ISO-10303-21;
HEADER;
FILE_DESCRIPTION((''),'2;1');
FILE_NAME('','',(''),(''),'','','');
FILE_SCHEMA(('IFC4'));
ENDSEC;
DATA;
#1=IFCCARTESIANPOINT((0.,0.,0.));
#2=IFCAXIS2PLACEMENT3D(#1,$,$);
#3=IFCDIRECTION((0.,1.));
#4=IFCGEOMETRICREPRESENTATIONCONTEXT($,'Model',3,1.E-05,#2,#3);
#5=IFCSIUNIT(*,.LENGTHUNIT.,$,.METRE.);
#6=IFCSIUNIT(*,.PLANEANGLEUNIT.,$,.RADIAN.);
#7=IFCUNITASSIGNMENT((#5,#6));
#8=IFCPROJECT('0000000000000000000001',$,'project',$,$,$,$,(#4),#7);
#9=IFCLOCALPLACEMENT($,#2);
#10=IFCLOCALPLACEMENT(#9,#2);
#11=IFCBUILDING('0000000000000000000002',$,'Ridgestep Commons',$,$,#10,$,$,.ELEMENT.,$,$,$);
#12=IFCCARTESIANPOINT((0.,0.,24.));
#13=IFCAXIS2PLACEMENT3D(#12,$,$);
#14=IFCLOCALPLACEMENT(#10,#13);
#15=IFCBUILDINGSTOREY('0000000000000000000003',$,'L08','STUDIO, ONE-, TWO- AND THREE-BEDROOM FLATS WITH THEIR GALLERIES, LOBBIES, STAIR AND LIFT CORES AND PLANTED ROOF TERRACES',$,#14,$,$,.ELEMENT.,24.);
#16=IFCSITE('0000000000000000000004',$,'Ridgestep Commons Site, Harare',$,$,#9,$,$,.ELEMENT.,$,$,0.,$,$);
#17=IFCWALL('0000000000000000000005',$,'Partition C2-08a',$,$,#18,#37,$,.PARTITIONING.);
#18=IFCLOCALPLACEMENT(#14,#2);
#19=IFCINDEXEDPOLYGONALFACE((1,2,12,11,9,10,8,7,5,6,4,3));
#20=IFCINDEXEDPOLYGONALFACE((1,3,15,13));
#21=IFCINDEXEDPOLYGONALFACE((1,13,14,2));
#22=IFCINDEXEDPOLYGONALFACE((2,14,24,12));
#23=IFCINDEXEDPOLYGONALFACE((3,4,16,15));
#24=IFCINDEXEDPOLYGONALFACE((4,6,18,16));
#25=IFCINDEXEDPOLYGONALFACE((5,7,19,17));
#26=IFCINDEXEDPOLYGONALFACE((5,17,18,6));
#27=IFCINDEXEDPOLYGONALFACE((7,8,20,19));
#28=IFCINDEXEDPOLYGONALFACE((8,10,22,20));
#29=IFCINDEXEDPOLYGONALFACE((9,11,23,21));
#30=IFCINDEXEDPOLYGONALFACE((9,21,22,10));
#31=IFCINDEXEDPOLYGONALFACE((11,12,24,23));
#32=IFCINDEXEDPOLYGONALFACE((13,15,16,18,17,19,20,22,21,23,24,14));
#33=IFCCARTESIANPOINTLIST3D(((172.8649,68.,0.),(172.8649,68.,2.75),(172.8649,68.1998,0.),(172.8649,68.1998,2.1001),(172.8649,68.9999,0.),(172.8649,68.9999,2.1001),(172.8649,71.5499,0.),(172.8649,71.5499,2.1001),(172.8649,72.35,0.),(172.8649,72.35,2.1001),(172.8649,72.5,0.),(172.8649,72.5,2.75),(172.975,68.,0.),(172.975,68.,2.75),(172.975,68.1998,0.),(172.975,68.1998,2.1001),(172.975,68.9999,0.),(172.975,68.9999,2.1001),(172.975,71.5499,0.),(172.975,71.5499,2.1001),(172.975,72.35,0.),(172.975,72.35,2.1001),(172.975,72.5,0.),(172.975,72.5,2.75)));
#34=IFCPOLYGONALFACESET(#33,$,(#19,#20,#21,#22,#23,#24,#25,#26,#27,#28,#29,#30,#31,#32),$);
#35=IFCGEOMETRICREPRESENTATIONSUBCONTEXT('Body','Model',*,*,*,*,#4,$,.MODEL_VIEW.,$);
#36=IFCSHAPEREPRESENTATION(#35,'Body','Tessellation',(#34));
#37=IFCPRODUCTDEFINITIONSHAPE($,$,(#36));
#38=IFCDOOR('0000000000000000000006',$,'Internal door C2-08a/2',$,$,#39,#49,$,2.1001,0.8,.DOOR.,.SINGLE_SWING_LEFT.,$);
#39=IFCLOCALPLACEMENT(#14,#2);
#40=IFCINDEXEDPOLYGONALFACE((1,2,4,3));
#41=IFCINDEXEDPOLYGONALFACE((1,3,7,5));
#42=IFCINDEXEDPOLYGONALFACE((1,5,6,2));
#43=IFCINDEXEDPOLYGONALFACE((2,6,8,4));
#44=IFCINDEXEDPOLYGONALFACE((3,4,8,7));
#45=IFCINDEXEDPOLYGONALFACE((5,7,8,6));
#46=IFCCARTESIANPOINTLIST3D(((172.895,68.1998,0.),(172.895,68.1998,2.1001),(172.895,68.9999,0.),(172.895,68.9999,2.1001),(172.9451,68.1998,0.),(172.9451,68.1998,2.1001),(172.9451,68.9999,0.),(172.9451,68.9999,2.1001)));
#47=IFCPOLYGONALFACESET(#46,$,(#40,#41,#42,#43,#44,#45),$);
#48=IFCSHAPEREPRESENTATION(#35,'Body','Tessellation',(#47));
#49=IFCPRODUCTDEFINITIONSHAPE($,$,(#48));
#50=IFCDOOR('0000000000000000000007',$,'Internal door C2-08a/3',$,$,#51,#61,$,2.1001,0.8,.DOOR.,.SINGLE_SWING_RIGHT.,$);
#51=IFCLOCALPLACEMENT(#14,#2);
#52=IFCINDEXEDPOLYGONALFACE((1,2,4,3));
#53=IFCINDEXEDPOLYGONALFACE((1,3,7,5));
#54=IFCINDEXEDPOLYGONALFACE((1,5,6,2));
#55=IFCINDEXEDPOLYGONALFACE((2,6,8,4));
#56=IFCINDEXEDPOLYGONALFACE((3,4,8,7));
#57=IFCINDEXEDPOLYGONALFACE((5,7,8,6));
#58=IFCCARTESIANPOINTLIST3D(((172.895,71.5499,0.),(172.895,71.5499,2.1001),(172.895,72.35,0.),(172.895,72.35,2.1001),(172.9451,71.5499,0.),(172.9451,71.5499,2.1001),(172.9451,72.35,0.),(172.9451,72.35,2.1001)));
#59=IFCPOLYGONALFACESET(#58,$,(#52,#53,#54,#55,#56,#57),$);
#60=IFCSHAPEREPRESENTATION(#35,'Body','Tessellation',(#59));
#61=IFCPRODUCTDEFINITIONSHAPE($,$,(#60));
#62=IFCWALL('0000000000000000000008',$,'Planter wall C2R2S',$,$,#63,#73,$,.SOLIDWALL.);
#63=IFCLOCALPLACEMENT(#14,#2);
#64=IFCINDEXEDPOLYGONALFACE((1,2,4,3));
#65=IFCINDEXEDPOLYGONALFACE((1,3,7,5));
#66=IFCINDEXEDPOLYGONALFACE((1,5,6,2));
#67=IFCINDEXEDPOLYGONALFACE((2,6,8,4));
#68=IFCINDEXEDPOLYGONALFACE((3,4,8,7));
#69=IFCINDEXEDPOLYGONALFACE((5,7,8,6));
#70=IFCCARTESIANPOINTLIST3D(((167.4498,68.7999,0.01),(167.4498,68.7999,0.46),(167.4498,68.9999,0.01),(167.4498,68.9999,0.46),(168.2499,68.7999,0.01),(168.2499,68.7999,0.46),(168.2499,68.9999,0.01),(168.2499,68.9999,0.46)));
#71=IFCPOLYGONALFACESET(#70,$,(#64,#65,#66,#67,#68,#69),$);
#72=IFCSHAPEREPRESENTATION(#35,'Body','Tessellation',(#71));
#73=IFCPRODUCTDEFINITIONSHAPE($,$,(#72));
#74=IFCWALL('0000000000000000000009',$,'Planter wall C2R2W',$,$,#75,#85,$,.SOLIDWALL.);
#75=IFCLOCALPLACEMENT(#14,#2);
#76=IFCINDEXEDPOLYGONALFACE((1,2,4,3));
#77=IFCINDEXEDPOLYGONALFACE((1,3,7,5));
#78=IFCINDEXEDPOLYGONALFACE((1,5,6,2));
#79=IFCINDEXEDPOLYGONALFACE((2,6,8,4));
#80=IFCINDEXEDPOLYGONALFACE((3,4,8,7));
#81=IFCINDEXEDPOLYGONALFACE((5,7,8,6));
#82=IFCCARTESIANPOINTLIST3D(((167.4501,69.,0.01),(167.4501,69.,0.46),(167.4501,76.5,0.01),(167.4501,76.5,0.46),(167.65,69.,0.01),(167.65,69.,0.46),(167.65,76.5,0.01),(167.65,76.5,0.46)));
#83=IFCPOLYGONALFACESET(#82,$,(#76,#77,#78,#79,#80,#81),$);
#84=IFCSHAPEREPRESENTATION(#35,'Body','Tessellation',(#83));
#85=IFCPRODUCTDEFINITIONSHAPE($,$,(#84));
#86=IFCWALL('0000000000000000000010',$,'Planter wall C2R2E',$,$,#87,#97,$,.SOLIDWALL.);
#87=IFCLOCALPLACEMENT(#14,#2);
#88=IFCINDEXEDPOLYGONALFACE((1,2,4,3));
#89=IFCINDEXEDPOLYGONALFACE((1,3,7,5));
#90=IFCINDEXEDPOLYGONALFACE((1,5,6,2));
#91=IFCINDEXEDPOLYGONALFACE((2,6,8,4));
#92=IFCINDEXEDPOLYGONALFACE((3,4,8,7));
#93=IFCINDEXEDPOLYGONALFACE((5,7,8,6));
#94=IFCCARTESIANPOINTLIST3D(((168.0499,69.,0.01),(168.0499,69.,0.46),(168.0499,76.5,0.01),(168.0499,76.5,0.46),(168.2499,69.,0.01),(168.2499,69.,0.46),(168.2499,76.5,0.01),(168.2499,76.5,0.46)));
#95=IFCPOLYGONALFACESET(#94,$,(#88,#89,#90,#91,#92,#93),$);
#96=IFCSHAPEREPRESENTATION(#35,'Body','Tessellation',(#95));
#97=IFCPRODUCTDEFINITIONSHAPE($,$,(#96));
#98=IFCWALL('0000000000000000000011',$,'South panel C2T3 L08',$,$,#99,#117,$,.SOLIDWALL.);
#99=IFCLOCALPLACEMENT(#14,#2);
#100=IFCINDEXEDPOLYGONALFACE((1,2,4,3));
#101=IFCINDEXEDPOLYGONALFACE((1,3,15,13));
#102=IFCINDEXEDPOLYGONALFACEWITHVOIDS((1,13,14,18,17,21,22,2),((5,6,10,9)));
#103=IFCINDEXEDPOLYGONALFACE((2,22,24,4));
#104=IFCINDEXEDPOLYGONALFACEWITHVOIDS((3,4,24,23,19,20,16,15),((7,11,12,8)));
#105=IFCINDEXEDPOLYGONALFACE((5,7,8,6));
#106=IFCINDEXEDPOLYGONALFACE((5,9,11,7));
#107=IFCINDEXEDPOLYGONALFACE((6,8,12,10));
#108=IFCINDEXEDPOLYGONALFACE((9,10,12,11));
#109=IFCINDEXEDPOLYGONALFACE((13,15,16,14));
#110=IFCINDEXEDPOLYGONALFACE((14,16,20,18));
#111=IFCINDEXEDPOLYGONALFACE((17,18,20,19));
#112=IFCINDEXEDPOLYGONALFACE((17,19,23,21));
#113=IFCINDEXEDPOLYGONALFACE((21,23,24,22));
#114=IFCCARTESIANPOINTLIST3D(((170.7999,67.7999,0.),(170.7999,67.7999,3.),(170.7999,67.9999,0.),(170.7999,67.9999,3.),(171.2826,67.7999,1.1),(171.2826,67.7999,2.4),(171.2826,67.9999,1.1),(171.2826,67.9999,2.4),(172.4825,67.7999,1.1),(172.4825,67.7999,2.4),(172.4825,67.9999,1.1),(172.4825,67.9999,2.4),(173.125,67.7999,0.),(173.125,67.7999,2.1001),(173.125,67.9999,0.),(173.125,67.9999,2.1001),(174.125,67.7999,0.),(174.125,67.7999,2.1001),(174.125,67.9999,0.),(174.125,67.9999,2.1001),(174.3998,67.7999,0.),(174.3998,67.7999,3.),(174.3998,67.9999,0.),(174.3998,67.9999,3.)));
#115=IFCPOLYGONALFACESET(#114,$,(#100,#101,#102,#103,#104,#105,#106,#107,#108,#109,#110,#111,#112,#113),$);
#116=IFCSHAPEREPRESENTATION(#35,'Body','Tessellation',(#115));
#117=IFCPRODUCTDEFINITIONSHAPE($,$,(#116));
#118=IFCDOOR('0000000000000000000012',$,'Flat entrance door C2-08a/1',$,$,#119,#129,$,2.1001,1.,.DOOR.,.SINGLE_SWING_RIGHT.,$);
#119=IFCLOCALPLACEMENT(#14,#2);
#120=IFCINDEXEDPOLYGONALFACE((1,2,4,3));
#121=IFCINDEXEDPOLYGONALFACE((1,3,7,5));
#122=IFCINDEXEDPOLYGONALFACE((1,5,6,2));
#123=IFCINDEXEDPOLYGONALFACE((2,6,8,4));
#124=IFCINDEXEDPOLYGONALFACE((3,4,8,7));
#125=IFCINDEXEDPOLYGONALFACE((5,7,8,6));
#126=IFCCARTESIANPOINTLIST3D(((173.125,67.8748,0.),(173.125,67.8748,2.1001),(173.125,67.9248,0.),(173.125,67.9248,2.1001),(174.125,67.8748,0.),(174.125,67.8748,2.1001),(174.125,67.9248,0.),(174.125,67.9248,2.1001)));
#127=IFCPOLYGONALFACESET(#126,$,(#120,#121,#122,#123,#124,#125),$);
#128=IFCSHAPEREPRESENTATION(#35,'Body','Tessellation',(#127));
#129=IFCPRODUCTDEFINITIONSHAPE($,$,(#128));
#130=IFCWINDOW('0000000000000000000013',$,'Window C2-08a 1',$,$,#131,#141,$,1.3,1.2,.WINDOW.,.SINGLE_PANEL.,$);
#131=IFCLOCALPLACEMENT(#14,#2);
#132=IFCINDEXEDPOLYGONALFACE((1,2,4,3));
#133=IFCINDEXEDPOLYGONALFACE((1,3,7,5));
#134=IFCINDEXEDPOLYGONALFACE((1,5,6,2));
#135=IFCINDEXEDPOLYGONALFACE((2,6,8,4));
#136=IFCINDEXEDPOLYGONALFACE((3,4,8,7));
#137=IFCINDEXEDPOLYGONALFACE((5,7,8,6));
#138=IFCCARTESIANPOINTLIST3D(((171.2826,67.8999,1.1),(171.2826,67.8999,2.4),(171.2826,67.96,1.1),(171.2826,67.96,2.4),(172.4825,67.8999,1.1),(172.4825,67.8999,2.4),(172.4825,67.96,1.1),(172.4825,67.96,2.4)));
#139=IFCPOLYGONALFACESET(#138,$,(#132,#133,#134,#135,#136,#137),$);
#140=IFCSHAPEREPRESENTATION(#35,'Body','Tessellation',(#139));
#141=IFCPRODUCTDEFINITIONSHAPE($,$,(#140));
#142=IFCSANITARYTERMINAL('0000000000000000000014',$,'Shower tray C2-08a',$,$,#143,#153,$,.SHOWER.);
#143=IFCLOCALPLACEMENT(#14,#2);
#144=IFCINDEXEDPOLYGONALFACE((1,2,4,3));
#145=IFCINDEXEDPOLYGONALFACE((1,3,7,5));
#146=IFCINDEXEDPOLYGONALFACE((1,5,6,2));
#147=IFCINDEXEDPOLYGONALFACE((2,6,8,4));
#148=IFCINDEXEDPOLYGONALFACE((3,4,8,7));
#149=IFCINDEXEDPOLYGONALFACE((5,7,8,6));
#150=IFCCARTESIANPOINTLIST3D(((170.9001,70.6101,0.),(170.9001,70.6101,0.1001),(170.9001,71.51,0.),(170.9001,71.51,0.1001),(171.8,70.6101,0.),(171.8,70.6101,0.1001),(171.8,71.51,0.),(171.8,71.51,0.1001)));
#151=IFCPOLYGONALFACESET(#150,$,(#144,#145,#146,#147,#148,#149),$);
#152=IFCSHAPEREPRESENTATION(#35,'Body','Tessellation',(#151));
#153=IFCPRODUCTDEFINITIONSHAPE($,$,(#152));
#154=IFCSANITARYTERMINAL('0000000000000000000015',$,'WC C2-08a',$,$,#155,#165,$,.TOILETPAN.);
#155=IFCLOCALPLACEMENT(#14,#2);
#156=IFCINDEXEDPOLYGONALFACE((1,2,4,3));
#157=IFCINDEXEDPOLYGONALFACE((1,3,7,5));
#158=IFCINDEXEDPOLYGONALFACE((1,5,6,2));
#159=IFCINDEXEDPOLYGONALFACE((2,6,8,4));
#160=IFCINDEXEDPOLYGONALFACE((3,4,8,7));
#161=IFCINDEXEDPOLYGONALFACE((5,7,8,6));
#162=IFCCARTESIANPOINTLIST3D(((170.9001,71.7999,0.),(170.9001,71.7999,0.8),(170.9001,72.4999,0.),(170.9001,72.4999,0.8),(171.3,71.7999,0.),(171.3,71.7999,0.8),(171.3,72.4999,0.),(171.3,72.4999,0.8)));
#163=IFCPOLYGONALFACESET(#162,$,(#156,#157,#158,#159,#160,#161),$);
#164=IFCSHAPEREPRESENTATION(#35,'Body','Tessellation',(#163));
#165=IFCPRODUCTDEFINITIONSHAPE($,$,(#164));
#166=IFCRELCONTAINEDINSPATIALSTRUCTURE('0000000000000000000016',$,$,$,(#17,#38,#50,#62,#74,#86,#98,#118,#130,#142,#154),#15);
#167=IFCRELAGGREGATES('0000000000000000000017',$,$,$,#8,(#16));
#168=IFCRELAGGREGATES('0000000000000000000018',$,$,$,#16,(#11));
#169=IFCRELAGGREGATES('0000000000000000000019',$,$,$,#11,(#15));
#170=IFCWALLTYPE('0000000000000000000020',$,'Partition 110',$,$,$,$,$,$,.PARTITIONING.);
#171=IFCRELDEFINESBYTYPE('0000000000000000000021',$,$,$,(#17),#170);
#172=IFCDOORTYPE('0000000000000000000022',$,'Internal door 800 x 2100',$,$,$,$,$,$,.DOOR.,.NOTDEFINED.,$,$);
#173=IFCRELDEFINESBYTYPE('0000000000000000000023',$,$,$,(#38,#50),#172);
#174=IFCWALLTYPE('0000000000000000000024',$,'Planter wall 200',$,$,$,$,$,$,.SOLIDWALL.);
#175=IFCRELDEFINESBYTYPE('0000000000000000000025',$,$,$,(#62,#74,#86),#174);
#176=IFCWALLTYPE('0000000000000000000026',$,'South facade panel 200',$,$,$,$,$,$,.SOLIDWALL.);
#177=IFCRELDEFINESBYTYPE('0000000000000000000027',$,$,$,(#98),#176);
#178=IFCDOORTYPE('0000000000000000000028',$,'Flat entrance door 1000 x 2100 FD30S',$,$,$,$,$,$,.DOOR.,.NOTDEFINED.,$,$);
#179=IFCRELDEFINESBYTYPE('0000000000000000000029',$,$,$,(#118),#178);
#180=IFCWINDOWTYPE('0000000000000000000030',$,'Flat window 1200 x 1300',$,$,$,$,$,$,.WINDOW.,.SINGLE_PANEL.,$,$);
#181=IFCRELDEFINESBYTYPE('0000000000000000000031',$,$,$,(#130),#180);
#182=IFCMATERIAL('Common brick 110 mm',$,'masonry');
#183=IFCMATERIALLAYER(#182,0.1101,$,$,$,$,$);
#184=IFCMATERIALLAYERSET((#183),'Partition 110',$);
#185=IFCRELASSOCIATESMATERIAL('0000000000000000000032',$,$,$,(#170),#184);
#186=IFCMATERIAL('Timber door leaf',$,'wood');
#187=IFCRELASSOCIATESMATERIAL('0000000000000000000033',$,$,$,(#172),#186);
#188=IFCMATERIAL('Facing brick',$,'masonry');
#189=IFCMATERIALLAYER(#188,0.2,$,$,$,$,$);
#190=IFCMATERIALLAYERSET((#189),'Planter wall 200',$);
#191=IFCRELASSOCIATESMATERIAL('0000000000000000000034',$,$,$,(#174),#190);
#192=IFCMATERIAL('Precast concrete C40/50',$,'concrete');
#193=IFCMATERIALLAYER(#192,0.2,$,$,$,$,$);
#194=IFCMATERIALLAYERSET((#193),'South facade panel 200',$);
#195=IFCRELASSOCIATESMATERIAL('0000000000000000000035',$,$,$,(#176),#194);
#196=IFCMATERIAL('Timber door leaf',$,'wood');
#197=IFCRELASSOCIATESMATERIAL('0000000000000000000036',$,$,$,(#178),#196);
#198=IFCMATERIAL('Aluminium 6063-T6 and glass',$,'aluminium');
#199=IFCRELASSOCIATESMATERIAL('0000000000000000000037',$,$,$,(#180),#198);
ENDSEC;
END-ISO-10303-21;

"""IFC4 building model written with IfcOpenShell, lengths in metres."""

from ifc_helpers import new_model, si_unit, direction, frame, frame_2d, origin, origin_2d, place, context, subcontext, project, spatial, rectangle, extrude, material, layer, layer_set, type_object, element, fill, save


model = new_model("IFC4")

# Units and contexts
model_context = context("Model", 3, precision=1e-05, world=origin(), true_north=direction((0.0, 1.0)))
body_context = subcontext(model_context, "Body", "Model", "MODEL_VIEW")
ifc_project = project(units=[si_unit("LENGTHUNIT", "METRE"), si_unit("PLANEANGLEUNIT", "RADIAN")], contexts=[model_context])

# Site, building, storey
site_placement = place(None, origin())
site = spatial("IfcSite", under=ifc_project, at=site_placement, Name="Ridgestep Commons Site, Harare", CompositionType="ELEMENT", RefElevation=0.0)
building_placement = place(site_placement, origin())
building = spatial("IfcBuilding", under=site, at=building_placement, Name="Ridgestep Commons", CompositionType="ELEMENT")
storey_placement = place(building_placement, frame((0.0, 0.0, 24.0)))
storey = spatial("IfcBuildingStorey", under=building, at=storey_placement, Name="L08", Description="STUDIO, ONE-, TWO- AND THREE-BEDROOM FLATS WITH THEIR GALLERIES, LOBBIES, STAIR AND LIFT CORES AND PLANTED ROOF TERRACES", CompositionType="ELEMENT", Elevation=24.0)

# Shared definitions
ifc_material_1 = material(Name="Common brick 110 mm", Category="masonry")
ifc_layer_1 = layer(ifc_material_1, 0.1101)
ifc_layer_set_1 = layer_set([ifc_layer_1], Name="Partition 110")
wall_type_1 = type_object("IfcWallType", Name="Partition 110", PredefinedType="PARTITIONING", material=ifc_layer_set_1)

# Wall, openings, doors
wall_1_placement = place(storey_placement, frame((172.9199, 68.0, 0.0), z_axis=(0.0, 0.0, 1.0), x_axis=(0.0, 1.0, 0.0)))
wall_1 = element("IfcWall", 1, at=wall_1_placement, inside=storey, type_object=wall_type_1, Name="Partition C2-08a", PredefinedType="PARTITIONING", context=body_context, shape_type="SweptSolid", body=[
    extrude(rectangle(XDim=4.5, YDim=0.1101, at=frame_2d((2.25, 0.0))), origin(), (0.0, 0.0, 1.0), 2.75),
])
opening_1_placement = place(wall_1_placement, frame((0.2, 0.0, 0.0)))
opening_1 = element("IfcOpeningElement", 2, at=opening_1_placement, cuts=wall_1, PredefinedType="OPENING", context=body_context, shape_type="SweptSolid", body=[
    extrude(rectangle(XDim=0.8, YDim=2.1001, at=frame_2d((0.3999, 1.05))), frame((0.0, 0.0649, 0.0), z_axis=(0.0, -1.0, 0.0), x_axis=(1.0, 0.0, 0.0)), (0.0, 0.0, 1.0), 0.1301),
])
opening_2_placement = place(wall_1_placement, frame((3.55, 0.0, 0.0)))
opening_2 = element("IfcOpeningElement", 3, at=opening_2_placement, cuts=wall_1, PredefinedType="OPENING", context=body_context, shape_type="SweptSolid", body=[
    extrude(rectangle(XDim=0.8, YDim=2.1001, at=frame_2d((0.3999, 1.05))), frame((0.0, 0.0649, 0.0), z_axis=(0.0, -1.0, 0.0), x_axis=(1.0, 0.0, 0.0)), (0.0, 0.0, 1.0), 0.1301),
])
ifc_material_2 = material(Name="Timber door leaf", Category="wood")
door_type_1 = type_object("IfcDoorType", Name="Internal door 800 x 2100", OperationType="NOTDEFINED", PredefinedType="DOOR", material=ifc_material_2)
door_1_placement = place(opening_1_placement, origin())
door_1 = element("IfcDoor", 4, at=door_1_placement, inside=storey, type_object=door_type_1, Name="Internal door C2-08a/2", OperationType="SINGLE_SWING_LEFT", OverallHeight=2.1001, OverallWidth=0.8, PredefinedType="DOOR", context=body_context, shape_type="SweptSolid", body=[
    extrude(rectangle(XDim=0.8, YDim=2.1001, at=frame_2d((0.3999, 1.05))), frame((0.0, 0.0249, 0.0), z_axis=(0.0, -1.0, 0.0), x_axis=(1.0, 0.0, 0.0)), (0.0, 0.0, 1.0), 0.05),
])
fill(opening_1, door_1)
door_2_placement = place(opening_2_placement, origin())
door_2 = element("IfcDoor", 5, at=door_2_placement, inside=storey, type_object=door_type_1, Name="Internal door C2-08a/3", OperationType="SINGLE_SWING_RIGHT", OverallHeight=2.1001, OverallWidth=0.8, PredefinedType="DOOR", context=body_context, shape_type="SweptSolid", body=[
    extrude(rectangle(XDim=0.8, YDim=2.1001, at=frame_2d((0.3999, 1.05))), frame((0.0, 0.0249, 0.0), z_axis=(0.0, -1.0, 0.0), x_axis=(1.0, 0.0, 0.0)), (0.0, 0.0, 1.0), 0.05),
])
fill(opening_2, door_2)

# Walls
ifc_material_3 = material(Name="Facing brick", Category="masonry")
ifc_layer_2 = layer(ifc_material_3, 0.2)
ifc_layer_set_2 = layer_set([ifc_layer_2], Name="Planter wall 200")
wall_type_2 = type_object("IfcWallType", Name="Planter wall 200", PredefinedType="SOLIDWALL", material=ifc_layer_set_2)
wall_2_placement = place(storey_placement, frame((167.45, 68.8999, 0.01), z_axis=(0.0, 0.0, 1.0), x_axis=(1.0, 0.0, 0.0)))
element("IfcWall", 6, at=wall_2_placement, inside=storey, type_object=wall_type_2, Name="Planter wall C2R2S", PredefinedType="SOLIDWALL", context=body_context, shape_type="SweptSolid", body=[
    extrude(rectangle(XDim=0.8, YDim=0.2, at=frame_2d((0.3999, 0.0))), origin(), (0.0, 0.0, 1.0), 0.45),
])
for number, where, z_axis, x_axis, name in (
    (7, (167.55, 69.0, 0.01), (0.0, 0.0, 1.0), (0.0, 1.0, 0.0), "Planter wall C2R2W"),
    (8, (168.1499, 69.0, 0.01), (0.0, 0.0, 1.0), (0.0, 1.0, 0.0), "Planter wall C2R2E"),
):
    element("IfcWall", number, at=place(storey_placement, frame(where, z_axis=z_axis, x_axis=x_axis)), inside=storey, type_object=wall_type_2, Name=name, PredefinedType="SOLIDWALL", context=body_context, shape_type="SweptSolid", body=[
        extrude(rectangle(XDim=7.5, YDim=0.2, at=frame_2d((3.75, 0.0))), origin(), (0.0, 0.0, 1.0), 0.45),
    ])

# Wall, openings, door, window
ifc_material_4 = material(Name="Precast concrete C40/50", Category="concrete")
ifc_layer_3 = layer(ifc_material_4, 0.2)
ifc_layer_set_3 = layer_set([ifc_layer_3], Name="South facade panel 200")
wall_type_3 = type_object("IfcWallType", Name="South facade panel 200", PredefinedType="SOLIDWALL", material=ifc_layer_set_3)
wall_3_placement = place(storey_placement, frame((170.8, 67.8999, 0.0), z_axis=(0.0, 0.0, 1.0), x_axis=(1.0, 0.0, 0.0)))
wall_3 = element("IfcWall", 9, at=wall_3_placement, inside=storey, type_object=wall_type_3, Name="South panel C2T3 L08", PredefinedType="SOLIDWALL", context=body_context, shape_type="SweptSolid", body=[
    extrude(rectangle(XDim=3.5999, YDim=0.2, at=frame_2d((1.7998, 0.0))), origin(), (0.0, 0.0, 1.0), 3.0),
])
opening_3_placement = place(wall_3_placement, frame((0.4824, 0.0, 1.1001)))
opening_3 = element("IfcOpeningElement", 10, at=opening_3_placement, cuts=wall_3, PredefinedType="OPENING", context=body_context, shape_type="SweptSolid", body=[
    extrude(rectangle(XDim=1.2, YDim=1.3, at=frame_2d((0.6001, 0.6499))), frame((0.0, 0.1099, 0.0), z_axis=(0.0, -1.0, 0.0), x_axis=(1.0, 0.0, 0.0)), (0.0, 0.0, 1.0), 0.22),
])
opening_4_placement = place(wall_3_placement, frame((2.325, 0.0, 0.0)))
opening_4 = element("IfcOpeningElement", 11, at=opening_4_placement, cuts=wall_3, PredefinedType="OPENING", context=body_context, shape_type="SweptSolid", body=[
    extrude(rectangle(XDim=1.0, YDim=2.1001, at=frame_2d((0.5, 1.05))), frame((0.0, 0.1099, 0.0), z_axis=(0.0, -1.0, 0.0), x_axis=(1.0, 0.0, 0.0)), (0.0, 0.0, 1.0), 0.22),
])
ifc_material_5 = material(Name="Timber door leaf", Category="wood")
door_type_2 = type_object("IfcDoorType", Name="Flat entrance door 1000 x 2100 FD30S", OperationType="NOTDEFINED", PredefinedType="DOOR", material=ifc_material_5)
door_3_placement = place(opening_4_placement, origin())
door_3 = element("IfcDoor", 12, at=door_3_placement, inside=storey, type_object=door_type_2, Name="Flat entrance door C2-08a/1", OperationType="SINGLE_SWING_RIGHT", OverallHeight=2.1001, OverallWidth=1.0, PredefinedType="DOOR", context=body_context, shape_type="SweptSolid", body=[
    extrude(rectangle(XDim=1.0, YDim=2.1001, at=frame_2d((0.5, 1.05))), frame((0.0, 0.0249, 0.0), z_axis=(0.0, -1.0, 0.0), x_axis=(1.0, 0.0, 0.0)), (0.0, 0.0, 1.0), 0.05),
])
fill(opening_4, door_3)
ifc_material_6 = material(Name="Aluminium 6063-T6 and glass", Category="aluminium")
window_type_1 = type_object("IfcWindowType", Name="Flat window 1200 x 1300", PartitioningType="SINGLE_PANEL", PredefinedType="WINDOW", material=ifc_material_6)
window_1_placement = place(opening_3_placement, origin())
window_1 = element("IfcWindow", 13, at=window_1_placement, inside=storey, type_object=window_type_1, Name="Window C2-08a 1", OverallHeight=1.3, OverallWidth=1.2, PartitioningType="SINGLE_PANEL", PredefinedType="WINDOW", context=body_context, shape_type="SweptSolid", body=[
    extrude(rectangle(XDim=1.2, YDim=1.3, at=frame_2d((0.6001, 0.6499))), frame((0.0, 0.0601, 0.0), z_axis=(0.0, -1.0, 0.0), x_axis=(1.0, 0.0, 0.0)), (0.0, 0.0, 1.0), 0.0601),
])
fill(opening_3, window_1)

# Sanitary terminals
sanitary_terminal_1_placement = place(storey_placement, frame((171.3501, 71.0601, 0.0), z_axis=(0.0, 0.0, 1.0), x_axis=(1.0, 0.0, 0.0)))
element("IfcSanitaryTerminal", 14, at=sanitary_terminal_1_placement, inside=storey, Name="Shower tray C2-08a", PredefinedType="SHOWER", context=body_context, shape_type="SweptSolid", body=[
    extrude(rectangle(XDim=0.8999, YDim=0.8999, at=origin_2d()), origin(), (0.0, 0.0, 1.0), 0.1001),
])
sanitary_terminal_2_placement = place(storey_placement, frame((171.1001, 72.1499, 0.0), z_axis=(0.0, 0.0, 1.0), x_axis=(1.0, 0.0, 0.0)))
element("IfcSanitaryTerminal", 15, at=sanitary_terminal_2_placement, inside=storey, Name="WC C2-08a", PredefinedType="TOILETPAN", context=body_context, shape_type="SweptSolid", body=[
    extrude(rectangle(XDim=0.3999, YDim=0.7, at=origin_2d()), origin(), (0.0, 0.0, 1.0), 0.8),
])

save(model, "model.ifc")
